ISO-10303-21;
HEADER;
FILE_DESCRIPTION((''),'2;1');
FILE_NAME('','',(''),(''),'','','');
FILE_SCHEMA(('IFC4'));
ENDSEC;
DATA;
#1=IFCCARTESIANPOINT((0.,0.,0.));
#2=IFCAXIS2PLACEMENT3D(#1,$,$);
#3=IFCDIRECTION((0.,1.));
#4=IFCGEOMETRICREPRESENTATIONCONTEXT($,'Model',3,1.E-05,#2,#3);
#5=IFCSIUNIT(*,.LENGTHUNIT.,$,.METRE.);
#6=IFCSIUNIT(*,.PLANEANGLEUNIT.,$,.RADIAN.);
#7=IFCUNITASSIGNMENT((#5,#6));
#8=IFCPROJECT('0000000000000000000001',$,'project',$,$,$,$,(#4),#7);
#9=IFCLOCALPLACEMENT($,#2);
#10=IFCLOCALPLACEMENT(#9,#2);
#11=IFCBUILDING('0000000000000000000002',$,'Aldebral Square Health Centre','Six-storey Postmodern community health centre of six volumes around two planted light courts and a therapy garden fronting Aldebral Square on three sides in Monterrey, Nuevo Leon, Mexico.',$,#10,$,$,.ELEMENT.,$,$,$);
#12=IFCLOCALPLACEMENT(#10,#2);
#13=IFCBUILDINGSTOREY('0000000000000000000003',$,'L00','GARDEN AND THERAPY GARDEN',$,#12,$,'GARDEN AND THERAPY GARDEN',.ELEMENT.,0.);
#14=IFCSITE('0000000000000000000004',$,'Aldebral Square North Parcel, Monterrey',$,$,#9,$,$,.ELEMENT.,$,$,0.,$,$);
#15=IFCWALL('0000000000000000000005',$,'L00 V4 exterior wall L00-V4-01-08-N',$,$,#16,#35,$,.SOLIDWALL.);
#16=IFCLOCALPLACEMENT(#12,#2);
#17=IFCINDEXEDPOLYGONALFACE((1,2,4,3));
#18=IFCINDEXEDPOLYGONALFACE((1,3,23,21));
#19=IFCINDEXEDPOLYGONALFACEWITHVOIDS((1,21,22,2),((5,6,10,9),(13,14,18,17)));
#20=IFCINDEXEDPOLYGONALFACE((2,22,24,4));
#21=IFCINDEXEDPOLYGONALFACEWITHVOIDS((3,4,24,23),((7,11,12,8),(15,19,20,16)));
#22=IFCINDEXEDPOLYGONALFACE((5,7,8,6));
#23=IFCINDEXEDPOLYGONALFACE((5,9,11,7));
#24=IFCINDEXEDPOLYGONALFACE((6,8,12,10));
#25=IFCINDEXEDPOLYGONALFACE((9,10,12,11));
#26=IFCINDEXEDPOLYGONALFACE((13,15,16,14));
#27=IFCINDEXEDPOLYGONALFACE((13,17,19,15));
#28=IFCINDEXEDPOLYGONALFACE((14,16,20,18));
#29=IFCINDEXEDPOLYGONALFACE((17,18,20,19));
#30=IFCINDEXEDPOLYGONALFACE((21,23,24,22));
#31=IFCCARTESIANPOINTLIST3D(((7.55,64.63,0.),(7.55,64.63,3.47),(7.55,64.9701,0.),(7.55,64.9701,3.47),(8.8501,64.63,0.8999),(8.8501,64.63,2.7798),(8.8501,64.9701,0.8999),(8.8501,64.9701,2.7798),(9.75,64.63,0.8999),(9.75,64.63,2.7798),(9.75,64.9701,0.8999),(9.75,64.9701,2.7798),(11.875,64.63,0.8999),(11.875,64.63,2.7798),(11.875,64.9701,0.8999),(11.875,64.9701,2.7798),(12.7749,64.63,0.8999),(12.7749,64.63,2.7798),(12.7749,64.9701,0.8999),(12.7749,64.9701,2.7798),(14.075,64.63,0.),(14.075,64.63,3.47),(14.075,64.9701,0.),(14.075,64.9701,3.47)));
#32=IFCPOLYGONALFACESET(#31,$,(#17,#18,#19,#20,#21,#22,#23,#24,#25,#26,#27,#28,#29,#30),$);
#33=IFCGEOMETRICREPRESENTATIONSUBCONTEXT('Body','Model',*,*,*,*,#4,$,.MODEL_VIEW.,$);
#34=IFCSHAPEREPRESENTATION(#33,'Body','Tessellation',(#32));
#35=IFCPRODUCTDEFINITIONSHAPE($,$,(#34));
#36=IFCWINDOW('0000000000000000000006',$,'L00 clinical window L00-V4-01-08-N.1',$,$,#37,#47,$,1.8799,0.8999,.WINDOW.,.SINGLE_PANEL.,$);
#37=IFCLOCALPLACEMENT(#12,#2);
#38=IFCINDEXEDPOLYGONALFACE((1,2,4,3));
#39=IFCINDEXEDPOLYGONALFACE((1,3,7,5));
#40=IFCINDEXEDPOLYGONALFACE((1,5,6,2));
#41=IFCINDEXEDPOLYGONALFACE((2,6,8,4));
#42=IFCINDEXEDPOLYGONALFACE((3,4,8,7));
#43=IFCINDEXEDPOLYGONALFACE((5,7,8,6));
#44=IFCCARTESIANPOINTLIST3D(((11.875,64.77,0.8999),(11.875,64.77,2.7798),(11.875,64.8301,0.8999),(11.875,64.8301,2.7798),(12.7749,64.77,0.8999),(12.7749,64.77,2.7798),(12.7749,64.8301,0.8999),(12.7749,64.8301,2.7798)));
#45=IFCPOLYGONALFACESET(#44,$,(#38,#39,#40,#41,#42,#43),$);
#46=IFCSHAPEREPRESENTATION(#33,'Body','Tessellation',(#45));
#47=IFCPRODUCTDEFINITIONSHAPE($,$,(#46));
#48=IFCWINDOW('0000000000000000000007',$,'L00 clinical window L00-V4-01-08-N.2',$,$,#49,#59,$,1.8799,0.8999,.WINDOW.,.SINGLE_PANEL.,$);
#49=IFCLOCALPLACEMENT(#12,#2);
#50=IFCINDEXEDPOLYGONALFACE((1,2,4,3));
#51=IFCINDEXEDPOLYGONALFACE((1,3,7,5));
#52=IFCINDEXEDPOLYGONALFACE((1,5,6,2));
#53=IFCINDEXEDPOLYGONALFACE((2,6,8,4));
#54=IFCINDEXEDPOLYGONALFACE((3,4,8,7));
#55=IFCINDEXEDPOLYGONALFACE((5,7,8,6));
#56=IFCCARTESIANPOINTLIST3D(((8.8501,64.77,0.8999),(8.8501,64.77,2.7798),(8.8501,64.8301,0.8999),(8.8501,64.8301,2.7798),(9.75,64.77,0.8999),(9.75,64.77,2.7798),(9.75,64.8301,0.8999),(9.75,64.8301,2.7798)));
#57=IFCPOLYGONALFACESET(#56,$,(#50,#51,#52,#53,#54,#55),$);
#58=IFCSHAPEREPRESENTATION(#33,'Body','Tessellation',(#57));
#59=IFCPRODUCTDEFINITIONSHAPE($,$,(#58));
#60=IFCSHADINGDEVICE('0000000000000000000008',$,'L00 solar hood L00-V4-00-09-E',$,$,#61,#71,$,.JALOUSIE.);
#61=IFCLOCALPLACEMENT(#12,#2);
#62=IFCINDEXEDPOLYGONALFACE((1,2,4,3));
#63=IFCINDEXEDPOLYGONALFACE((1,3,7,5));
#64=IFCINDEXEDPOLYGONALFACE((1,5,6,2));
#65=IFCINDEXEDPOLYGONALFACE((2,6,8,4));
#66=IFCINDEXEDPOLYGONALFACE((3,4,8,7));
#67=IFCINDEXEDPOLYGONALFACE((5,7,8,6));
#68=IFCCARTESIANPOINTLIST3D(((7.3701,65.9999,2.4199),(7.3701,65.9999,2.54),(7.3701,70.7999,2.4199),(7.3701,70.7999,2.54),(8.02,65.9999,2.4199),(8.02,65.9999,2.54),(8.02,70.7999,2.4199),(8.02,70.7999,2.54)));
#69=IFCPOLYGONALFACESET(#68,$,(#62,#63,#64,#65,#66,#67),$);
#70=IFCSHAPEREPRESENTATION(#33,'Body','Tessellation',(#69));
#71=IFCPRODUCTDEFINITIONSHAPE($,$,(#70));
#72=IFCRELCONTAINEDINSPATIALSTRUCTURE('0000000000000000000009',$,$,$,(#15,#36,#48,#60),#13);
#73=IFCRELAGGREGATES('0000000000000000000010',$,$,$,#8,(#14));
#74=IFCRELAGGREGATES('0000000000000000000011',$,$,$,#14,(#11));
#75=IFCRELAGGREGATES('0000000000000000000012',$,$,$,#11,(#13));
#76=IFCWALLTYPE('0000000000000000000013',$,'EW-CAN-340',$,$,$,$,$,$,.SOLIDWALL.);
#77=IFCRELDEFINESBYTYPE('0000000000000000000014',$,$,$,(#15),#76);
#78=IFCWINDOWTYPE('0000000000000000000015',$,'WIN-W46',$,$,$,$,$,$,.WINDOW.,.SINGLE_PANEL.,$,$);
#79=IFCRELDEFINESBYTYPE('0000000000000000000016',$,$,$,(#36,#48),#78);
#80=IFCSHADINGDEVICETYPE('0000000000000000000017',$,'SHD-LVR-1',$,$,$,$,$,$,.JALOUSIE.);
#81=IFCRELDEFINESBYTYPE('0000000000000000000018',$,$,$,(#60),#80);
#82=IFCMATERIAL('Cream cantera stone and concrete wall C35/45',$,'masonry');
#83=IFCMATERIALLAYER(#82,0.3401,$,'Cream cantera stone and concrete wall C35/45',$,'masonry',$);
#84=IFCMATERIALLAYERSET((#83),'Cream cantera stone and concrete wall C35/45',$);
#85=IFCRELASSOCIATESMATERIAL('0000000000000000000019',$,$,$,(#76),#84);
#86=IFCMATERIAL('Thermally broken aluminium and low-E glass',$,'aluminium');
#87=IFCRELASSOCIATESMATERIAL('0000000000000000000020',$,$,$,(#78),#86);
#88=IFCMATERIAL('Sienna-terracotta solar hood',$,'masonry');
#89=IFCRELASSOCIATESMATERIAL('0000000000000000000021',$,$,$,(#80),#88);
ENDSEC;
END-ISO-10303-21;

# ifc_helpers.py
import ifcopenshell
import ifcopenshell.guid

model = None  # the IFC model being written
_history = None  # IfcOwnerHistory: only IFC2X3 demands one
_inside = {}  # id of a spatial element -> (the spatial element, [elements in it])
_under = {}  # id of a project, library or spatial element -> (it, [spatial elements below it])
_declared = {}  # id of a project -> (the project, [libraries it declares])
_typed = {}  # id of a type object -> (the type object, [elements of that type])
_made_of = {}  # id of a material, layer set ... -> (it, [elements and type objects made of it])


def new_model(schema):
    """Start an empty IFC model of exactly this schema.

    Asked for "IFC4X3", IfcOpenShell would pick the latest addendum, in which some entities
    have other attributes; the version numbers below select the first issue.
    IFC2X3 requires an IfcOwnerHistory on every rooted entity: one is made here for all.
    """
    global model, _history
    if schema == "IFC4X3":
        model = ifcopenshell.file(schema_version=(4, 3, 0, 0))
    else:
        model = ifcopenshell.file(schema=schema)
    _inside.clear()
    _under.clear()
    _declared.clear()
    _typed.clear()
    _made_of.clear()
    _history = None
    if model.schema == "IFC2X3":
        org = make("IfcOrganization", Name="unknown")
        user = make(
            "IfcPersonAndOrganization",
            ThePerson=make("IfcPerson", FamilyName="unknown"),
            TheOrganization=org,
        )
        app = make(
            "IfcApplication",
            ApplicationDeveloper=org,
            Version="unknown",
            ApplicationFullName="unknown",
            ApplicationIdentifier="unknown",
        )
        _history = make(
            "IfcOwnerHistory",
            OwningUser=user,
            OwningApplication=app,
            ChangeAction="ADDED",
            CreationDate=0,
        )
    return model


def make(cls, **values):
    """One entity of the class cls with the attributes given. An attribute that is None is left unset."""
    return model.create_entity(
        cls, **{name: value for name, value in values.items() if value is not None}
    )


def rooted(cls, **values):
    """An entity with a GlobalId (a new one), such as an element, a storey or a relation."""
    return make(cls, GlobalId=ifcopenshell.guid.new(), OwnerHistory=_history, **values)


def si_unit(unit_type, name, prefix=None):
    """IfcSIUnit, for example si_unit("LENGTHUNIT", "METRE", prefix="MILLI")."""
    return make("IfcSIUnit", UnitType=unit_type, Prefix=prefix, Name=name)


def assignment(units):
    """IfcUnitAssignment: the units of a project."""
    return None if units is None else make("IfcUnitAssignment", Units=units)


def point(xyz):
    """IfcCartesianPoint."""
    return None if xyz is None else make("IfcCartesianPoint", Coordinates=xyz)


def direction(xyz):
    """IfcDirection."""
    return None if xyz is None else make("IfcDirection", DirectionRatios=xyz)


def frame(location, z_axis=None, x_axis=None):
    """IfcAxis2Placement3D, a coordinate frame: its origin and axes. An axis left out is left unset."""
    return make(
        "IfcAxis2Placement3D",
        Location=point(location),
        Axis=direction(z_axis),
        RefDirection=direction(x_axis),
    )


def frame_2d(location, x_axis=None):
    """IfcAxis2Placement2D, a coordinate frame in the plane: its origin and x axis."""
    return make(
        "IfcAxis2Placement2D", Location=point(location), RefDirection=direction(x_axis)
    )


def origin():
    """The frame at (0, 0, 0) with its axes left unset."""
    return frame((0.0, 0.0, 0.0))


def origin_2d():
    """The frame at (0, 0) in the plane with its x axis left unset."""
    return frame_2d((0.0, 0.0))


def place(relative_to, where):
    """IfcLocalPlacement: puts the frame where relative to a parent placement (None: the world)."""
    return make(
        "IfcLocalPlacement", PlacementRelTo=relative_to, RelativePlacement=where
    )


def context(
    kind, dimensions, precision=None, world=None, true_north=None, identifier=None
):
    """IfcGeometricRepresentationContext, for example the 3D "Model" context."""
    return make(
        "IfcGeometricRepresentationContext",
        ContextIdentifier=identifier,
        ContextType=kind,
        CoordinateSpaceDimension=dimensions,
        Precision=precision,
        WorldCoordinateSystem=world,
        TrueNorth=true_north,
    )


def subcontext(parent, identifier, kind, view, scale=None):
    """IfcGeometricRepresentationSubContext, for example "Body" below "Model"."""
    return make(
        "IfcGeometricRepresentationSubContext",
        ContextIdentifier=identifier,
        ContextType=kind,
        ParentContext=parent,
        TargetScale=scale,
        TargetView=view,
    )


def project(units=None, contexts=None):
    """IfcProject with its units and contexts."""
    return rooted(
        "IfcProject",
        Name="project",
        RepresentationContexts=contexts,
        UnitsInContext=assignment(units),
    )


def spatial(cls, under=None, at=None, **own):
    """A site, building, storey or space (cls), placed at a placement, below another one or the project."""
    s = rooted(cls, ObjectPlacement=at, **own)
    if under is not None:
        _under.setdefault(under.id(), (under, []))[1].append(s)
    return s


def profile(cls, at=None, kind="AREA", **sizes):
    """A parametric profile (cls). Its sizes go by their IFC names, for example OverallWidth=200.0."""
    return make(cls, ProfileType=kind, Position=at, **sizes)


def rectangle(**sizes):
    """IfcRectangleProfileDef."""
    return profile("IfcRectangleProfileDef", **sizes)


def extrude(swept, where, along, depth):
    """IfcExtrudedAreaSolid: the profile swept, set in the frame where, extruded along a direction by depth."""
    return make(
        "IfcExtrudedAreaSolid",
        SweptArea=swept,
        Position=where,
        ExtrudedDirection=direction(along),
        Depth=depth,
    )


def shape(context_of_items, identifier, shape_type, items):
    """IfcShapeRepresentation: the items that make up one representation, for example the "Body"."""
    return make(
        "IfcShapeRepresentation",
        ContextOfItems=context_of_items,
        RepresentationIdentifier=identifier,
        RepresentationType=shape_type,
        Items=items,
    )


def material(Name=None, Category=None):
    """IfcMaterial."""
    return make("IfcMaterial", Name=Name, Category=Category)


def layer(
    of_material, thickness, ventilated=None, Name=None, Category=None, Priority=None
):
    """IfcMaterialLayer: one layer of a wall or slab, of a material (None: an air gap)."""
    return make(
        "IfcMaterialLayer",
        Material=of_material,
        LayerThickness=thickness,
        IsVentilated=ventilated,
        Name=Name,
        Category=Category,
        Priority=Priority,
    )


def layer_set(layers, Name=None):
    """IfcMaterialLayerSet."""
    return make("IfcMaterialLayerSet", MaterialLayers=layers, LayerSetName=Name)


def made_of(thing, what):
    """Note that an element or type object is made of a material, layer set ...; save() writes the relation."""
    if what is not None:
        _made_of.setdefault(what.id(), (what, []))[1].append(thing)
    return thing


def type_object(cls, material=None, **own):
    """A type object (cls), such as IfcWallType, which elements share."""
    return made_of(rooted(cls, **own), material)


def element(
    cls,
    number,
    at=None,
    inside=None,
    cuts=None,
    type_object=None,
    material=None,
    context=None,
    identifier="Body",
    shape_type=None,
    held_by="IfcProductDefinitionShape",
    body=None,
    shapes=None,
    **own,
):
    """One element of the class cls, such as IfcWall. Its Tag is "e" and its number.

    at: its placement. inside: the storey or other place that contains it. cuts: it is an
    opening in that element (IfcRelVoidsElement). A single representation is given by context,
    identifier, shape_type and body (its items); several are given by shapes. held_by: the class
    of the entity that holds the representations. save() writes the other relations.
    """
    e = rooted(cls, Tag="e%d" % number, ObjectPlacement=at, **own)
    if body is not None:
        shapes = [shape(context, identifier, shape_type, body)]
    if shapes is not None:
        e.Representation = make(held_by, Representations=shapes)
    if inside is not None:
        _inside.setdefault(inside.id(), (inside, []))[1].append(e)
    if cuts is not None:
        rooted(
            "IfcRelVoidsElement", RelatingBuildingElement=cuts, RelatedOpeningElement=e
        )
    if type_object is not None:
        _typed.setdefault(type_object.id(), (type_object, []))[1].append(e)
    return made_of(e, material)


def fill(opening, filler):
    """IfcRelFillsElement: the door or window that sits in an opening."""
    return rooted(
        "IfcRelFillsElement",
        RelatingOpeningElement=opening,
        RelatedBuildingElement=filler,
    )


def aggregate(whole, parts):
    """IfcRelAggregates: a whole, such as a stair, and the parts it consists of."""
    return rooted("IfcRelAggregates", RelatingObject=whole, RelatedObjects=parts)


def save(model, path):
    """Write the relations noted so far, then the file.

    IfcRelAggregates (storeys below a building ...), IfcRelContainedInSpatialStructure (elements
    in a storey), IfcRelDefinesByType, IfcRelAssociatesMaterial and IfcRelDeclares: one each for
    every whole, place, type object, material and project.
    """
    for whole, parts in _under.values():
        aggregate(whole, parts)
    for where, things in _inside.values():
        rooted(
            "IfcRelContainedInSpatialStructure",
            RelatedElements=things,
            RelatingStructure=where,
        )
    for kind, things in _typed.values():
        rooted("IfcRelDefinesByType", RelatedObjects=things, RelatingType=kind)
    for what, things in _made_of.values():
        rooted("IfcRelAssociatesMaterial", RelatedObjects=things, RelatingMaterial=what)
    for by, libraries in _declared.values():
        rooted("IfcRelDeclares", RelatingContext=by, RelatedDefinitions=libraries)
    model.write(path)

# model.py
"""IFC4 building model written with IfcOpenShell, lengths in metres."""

from ifc_helpers import new_model, si_unit, direction, frame, frame_2d, origin, origin_2d, place, context, subcontext, project, spatial, rectangle, extrude, material, layer, layer_set, type_object, element, fill, save


model = new_model("IFC4")

# Units and contexts
model_context = context("Model", 3, precision=1e-05, world=origin(), true_north=direction((0.0, 1.0)))
body_context = subcontext(model_context, "Body", "Model", "MODEL_VIEW")
ifc_project = project(units=[si_unit("LENGTHUNIT", "METRE"), si_unit("PLANEANGLEUNIT", "RADIAN")], contexts=[model_context])

# Site, building, storey
site_placement = place(None, origin())
site = spatial("IfcSite", under=ifc_project, at=site_placement, Name="Aldebral Square North Parcel, Monterrey", CompositionType="ELEMENT", RefElevation=0.0)
building_placement = place(site_placement, origin())
building = spatial("IfcBuilding", under=site, at=building_placement, Name="Aldebral Square Health Centre", Description="Six-storey Postmodern community health centre of six volumes around two planted light courts and a therapy garden fronting Aldebral Square on three sides in Monterrey, Nuevo Leon, Mexico.", CompositionType="ELEMENT")
storey_placement = place(building_placement, origin())
storey = spatial("IfcBuildingStorey", under=building, at=storey_placement, Name="L00", Description="GARDEN AND THERAPY GARDEN", LongName="GARDEN AND THERAPY GARDEN", CompositionType="ELEMENT", Elevation=0.0)

# Wall, openings, windows
ifc_material_1 = material(Name="Cream cantera stone and concrete wall C35/45", Category="masonry")
ifc_layer_1 = layer(ifc_material_1, 0.3401, Name="Cream cantera stone and concrete wall C35/45", Category="masonry")
ifc_layer_set_1 = layer_set([ifc_layer_1], Name="Cream cantera stone and concrete wall C35/45")
wall_type = type_object("IfcWallType", Name="EW-CAN-340", PredefinedType="SOLIDWALL", material=ifc_layer_set_1)
wall_placement = place(storey_placement, frame((14.075, 64.8, 0.0), z_axis=(0.0, 0.0, 1.0), x_axis=(-1.0, 0.0, 0.0)))
wall = element("IfcWall", 1, at=wall_placement, inside=storey, type_object=wall_type, Name="L00 V4 exterior wall L00-V4-01-08-N", PredefinedType="SOLIDWALL", context=body_context, shape_type="SweptSolid", body=[
    extrude(rectangle(XDim=6.5249, YDim=0.3401, at=frame_2d((3.2625, 0.0))), origin(), (0.0, 0.0, 1.0), 3.47),
])
opening_1_placement = place(wall_placement, frame((1.3, 0.0, 0.8999)))
opening_1 = element("IfcOpeningElement", 2, at=opening_1_placement, cuts=wall, PredefinedType="OPENING", context=body_context, shape_type="SweptSolid", body=[
    extrude(rectangle(XDim=0.8999, YDim=1.8799, at=frame_2d((0.45, 0.9399))), frame((0.0, 0.1802, 0.0), z_axis=(0.0, -1.0, 0.0), x_axis=(1.0, 0.0, 0.0)), (0.0, 0.0, 1.0), 0.3601),
])
opening_2_placement = place(wall_placement, frame((4.325, 0.0, 0.8999)))
opening_2 = element("IfcOpeningElement", 3, at=opening_2_placement, cuts=wall, PredefinedType="OPENING", context=body_context, shape_type="SweptSolid", body=[
    extrude(rectangle(XDim=0.8999, YDim=1.8799, at=frame_2d((0.45, 0.9399))), frame((0.0, 0.1802, 0.0), z_axis=(0.0, -1.0, 0.0), x_axis=(1.0, 0.0, 0.0)), (0.0, 0.0, 1.0), 0.3601),
])
ifc_material_2 = material(Name="Thermally broken aluminium and low-E glass", Category="aluminium")
window_type = type_object("IfcWindowType", Name="WIN-W46", PartitioningType="SINGLE_PANEL", PredefinedType="WINDOW", material=ifc_material_2)
window_1_placement = place(opening_1_placement, origin())
window_1 = element("IfcWindow", 4, at=window_1_placement, inside=storey, type_object=window_type, Name="L00 clinical window L00-V4-01-08-N.1", OverallHeight=1.8799, OverallWidth=0.8999, PartitioningType="SINGLE_PANEL", PredefinedType="WINDOW", context=body_context, shape_type="SweptSolid", body=[
    extrude(rectangle(XDim=0.8999, YDim=1.8799, at=frame_2d((0.45, 0.9399))), frame((0.0, 0.03, 0.0), z_axis=(0.0, -1.0, 0.0), x_axis=(1.0, 0.0, 0.0)), (0.0, 0.0, 1.0), 0.0601),
])
fill(opening_1, window_1)
window_2_placement = place(opening_2_placement, origin())
window_2 = element("IfcWindow", 5, at=window_2_placement, inside=storey, type_object=window_type, Name="L00 clinical window L00-V4-01-08-N.2", OverallHeight=1.8799, OverallWidth=0.8999, PartitioningType="SINGLE_PANEL", PredefinedType="WINDOW", context=body_context, shape_type="SweptSolid", body=[
    extrude(rectangle(XDim=0.8999, YDim=1.8799, at=frame_2d((0.45, 0.9399))), frame((0.0, 0.03, 0.0), z_axis=(0.0, -1.0, 0.0), x_axis=(1.0, 0.0, 0.0)), (0.0, 0.0, 1.0), 0.0601),
])
fill(opening_2, window_2)

# Shading device
ifc_material_3 = material(Name="Sienna-terracotta solar hood", Category="masonry")
shading_device_type = type_object("IfcShadingDeviceType", Name="SHD-LVR-1", PredefinedType="JALOUSIE", material=ifc_material_3)
shading_device_placement = place(storey_placement, frame((7.6951, 68.3999, 2.4199), z_axis=(0.0, 0.0, 1.0), x_axis=(0.0, 1.0, 0.0)))
element("IfcShadingDevice", 6, at=shading_device_placement, inside=storey, type_object=shading_device_type, Name="L00 solar hood L00-V4-00-09-E", PredefinedType="JALOUSIE", context=body_context, shape_type="SweptSolid", body=[
    extrude(rectangle(XDim=4.8, YDim=0.6499, at=origin_2d()), origin(), (0.0, 0.0, 1.0), 0.1201),
])

save(model, "model.ifc")
